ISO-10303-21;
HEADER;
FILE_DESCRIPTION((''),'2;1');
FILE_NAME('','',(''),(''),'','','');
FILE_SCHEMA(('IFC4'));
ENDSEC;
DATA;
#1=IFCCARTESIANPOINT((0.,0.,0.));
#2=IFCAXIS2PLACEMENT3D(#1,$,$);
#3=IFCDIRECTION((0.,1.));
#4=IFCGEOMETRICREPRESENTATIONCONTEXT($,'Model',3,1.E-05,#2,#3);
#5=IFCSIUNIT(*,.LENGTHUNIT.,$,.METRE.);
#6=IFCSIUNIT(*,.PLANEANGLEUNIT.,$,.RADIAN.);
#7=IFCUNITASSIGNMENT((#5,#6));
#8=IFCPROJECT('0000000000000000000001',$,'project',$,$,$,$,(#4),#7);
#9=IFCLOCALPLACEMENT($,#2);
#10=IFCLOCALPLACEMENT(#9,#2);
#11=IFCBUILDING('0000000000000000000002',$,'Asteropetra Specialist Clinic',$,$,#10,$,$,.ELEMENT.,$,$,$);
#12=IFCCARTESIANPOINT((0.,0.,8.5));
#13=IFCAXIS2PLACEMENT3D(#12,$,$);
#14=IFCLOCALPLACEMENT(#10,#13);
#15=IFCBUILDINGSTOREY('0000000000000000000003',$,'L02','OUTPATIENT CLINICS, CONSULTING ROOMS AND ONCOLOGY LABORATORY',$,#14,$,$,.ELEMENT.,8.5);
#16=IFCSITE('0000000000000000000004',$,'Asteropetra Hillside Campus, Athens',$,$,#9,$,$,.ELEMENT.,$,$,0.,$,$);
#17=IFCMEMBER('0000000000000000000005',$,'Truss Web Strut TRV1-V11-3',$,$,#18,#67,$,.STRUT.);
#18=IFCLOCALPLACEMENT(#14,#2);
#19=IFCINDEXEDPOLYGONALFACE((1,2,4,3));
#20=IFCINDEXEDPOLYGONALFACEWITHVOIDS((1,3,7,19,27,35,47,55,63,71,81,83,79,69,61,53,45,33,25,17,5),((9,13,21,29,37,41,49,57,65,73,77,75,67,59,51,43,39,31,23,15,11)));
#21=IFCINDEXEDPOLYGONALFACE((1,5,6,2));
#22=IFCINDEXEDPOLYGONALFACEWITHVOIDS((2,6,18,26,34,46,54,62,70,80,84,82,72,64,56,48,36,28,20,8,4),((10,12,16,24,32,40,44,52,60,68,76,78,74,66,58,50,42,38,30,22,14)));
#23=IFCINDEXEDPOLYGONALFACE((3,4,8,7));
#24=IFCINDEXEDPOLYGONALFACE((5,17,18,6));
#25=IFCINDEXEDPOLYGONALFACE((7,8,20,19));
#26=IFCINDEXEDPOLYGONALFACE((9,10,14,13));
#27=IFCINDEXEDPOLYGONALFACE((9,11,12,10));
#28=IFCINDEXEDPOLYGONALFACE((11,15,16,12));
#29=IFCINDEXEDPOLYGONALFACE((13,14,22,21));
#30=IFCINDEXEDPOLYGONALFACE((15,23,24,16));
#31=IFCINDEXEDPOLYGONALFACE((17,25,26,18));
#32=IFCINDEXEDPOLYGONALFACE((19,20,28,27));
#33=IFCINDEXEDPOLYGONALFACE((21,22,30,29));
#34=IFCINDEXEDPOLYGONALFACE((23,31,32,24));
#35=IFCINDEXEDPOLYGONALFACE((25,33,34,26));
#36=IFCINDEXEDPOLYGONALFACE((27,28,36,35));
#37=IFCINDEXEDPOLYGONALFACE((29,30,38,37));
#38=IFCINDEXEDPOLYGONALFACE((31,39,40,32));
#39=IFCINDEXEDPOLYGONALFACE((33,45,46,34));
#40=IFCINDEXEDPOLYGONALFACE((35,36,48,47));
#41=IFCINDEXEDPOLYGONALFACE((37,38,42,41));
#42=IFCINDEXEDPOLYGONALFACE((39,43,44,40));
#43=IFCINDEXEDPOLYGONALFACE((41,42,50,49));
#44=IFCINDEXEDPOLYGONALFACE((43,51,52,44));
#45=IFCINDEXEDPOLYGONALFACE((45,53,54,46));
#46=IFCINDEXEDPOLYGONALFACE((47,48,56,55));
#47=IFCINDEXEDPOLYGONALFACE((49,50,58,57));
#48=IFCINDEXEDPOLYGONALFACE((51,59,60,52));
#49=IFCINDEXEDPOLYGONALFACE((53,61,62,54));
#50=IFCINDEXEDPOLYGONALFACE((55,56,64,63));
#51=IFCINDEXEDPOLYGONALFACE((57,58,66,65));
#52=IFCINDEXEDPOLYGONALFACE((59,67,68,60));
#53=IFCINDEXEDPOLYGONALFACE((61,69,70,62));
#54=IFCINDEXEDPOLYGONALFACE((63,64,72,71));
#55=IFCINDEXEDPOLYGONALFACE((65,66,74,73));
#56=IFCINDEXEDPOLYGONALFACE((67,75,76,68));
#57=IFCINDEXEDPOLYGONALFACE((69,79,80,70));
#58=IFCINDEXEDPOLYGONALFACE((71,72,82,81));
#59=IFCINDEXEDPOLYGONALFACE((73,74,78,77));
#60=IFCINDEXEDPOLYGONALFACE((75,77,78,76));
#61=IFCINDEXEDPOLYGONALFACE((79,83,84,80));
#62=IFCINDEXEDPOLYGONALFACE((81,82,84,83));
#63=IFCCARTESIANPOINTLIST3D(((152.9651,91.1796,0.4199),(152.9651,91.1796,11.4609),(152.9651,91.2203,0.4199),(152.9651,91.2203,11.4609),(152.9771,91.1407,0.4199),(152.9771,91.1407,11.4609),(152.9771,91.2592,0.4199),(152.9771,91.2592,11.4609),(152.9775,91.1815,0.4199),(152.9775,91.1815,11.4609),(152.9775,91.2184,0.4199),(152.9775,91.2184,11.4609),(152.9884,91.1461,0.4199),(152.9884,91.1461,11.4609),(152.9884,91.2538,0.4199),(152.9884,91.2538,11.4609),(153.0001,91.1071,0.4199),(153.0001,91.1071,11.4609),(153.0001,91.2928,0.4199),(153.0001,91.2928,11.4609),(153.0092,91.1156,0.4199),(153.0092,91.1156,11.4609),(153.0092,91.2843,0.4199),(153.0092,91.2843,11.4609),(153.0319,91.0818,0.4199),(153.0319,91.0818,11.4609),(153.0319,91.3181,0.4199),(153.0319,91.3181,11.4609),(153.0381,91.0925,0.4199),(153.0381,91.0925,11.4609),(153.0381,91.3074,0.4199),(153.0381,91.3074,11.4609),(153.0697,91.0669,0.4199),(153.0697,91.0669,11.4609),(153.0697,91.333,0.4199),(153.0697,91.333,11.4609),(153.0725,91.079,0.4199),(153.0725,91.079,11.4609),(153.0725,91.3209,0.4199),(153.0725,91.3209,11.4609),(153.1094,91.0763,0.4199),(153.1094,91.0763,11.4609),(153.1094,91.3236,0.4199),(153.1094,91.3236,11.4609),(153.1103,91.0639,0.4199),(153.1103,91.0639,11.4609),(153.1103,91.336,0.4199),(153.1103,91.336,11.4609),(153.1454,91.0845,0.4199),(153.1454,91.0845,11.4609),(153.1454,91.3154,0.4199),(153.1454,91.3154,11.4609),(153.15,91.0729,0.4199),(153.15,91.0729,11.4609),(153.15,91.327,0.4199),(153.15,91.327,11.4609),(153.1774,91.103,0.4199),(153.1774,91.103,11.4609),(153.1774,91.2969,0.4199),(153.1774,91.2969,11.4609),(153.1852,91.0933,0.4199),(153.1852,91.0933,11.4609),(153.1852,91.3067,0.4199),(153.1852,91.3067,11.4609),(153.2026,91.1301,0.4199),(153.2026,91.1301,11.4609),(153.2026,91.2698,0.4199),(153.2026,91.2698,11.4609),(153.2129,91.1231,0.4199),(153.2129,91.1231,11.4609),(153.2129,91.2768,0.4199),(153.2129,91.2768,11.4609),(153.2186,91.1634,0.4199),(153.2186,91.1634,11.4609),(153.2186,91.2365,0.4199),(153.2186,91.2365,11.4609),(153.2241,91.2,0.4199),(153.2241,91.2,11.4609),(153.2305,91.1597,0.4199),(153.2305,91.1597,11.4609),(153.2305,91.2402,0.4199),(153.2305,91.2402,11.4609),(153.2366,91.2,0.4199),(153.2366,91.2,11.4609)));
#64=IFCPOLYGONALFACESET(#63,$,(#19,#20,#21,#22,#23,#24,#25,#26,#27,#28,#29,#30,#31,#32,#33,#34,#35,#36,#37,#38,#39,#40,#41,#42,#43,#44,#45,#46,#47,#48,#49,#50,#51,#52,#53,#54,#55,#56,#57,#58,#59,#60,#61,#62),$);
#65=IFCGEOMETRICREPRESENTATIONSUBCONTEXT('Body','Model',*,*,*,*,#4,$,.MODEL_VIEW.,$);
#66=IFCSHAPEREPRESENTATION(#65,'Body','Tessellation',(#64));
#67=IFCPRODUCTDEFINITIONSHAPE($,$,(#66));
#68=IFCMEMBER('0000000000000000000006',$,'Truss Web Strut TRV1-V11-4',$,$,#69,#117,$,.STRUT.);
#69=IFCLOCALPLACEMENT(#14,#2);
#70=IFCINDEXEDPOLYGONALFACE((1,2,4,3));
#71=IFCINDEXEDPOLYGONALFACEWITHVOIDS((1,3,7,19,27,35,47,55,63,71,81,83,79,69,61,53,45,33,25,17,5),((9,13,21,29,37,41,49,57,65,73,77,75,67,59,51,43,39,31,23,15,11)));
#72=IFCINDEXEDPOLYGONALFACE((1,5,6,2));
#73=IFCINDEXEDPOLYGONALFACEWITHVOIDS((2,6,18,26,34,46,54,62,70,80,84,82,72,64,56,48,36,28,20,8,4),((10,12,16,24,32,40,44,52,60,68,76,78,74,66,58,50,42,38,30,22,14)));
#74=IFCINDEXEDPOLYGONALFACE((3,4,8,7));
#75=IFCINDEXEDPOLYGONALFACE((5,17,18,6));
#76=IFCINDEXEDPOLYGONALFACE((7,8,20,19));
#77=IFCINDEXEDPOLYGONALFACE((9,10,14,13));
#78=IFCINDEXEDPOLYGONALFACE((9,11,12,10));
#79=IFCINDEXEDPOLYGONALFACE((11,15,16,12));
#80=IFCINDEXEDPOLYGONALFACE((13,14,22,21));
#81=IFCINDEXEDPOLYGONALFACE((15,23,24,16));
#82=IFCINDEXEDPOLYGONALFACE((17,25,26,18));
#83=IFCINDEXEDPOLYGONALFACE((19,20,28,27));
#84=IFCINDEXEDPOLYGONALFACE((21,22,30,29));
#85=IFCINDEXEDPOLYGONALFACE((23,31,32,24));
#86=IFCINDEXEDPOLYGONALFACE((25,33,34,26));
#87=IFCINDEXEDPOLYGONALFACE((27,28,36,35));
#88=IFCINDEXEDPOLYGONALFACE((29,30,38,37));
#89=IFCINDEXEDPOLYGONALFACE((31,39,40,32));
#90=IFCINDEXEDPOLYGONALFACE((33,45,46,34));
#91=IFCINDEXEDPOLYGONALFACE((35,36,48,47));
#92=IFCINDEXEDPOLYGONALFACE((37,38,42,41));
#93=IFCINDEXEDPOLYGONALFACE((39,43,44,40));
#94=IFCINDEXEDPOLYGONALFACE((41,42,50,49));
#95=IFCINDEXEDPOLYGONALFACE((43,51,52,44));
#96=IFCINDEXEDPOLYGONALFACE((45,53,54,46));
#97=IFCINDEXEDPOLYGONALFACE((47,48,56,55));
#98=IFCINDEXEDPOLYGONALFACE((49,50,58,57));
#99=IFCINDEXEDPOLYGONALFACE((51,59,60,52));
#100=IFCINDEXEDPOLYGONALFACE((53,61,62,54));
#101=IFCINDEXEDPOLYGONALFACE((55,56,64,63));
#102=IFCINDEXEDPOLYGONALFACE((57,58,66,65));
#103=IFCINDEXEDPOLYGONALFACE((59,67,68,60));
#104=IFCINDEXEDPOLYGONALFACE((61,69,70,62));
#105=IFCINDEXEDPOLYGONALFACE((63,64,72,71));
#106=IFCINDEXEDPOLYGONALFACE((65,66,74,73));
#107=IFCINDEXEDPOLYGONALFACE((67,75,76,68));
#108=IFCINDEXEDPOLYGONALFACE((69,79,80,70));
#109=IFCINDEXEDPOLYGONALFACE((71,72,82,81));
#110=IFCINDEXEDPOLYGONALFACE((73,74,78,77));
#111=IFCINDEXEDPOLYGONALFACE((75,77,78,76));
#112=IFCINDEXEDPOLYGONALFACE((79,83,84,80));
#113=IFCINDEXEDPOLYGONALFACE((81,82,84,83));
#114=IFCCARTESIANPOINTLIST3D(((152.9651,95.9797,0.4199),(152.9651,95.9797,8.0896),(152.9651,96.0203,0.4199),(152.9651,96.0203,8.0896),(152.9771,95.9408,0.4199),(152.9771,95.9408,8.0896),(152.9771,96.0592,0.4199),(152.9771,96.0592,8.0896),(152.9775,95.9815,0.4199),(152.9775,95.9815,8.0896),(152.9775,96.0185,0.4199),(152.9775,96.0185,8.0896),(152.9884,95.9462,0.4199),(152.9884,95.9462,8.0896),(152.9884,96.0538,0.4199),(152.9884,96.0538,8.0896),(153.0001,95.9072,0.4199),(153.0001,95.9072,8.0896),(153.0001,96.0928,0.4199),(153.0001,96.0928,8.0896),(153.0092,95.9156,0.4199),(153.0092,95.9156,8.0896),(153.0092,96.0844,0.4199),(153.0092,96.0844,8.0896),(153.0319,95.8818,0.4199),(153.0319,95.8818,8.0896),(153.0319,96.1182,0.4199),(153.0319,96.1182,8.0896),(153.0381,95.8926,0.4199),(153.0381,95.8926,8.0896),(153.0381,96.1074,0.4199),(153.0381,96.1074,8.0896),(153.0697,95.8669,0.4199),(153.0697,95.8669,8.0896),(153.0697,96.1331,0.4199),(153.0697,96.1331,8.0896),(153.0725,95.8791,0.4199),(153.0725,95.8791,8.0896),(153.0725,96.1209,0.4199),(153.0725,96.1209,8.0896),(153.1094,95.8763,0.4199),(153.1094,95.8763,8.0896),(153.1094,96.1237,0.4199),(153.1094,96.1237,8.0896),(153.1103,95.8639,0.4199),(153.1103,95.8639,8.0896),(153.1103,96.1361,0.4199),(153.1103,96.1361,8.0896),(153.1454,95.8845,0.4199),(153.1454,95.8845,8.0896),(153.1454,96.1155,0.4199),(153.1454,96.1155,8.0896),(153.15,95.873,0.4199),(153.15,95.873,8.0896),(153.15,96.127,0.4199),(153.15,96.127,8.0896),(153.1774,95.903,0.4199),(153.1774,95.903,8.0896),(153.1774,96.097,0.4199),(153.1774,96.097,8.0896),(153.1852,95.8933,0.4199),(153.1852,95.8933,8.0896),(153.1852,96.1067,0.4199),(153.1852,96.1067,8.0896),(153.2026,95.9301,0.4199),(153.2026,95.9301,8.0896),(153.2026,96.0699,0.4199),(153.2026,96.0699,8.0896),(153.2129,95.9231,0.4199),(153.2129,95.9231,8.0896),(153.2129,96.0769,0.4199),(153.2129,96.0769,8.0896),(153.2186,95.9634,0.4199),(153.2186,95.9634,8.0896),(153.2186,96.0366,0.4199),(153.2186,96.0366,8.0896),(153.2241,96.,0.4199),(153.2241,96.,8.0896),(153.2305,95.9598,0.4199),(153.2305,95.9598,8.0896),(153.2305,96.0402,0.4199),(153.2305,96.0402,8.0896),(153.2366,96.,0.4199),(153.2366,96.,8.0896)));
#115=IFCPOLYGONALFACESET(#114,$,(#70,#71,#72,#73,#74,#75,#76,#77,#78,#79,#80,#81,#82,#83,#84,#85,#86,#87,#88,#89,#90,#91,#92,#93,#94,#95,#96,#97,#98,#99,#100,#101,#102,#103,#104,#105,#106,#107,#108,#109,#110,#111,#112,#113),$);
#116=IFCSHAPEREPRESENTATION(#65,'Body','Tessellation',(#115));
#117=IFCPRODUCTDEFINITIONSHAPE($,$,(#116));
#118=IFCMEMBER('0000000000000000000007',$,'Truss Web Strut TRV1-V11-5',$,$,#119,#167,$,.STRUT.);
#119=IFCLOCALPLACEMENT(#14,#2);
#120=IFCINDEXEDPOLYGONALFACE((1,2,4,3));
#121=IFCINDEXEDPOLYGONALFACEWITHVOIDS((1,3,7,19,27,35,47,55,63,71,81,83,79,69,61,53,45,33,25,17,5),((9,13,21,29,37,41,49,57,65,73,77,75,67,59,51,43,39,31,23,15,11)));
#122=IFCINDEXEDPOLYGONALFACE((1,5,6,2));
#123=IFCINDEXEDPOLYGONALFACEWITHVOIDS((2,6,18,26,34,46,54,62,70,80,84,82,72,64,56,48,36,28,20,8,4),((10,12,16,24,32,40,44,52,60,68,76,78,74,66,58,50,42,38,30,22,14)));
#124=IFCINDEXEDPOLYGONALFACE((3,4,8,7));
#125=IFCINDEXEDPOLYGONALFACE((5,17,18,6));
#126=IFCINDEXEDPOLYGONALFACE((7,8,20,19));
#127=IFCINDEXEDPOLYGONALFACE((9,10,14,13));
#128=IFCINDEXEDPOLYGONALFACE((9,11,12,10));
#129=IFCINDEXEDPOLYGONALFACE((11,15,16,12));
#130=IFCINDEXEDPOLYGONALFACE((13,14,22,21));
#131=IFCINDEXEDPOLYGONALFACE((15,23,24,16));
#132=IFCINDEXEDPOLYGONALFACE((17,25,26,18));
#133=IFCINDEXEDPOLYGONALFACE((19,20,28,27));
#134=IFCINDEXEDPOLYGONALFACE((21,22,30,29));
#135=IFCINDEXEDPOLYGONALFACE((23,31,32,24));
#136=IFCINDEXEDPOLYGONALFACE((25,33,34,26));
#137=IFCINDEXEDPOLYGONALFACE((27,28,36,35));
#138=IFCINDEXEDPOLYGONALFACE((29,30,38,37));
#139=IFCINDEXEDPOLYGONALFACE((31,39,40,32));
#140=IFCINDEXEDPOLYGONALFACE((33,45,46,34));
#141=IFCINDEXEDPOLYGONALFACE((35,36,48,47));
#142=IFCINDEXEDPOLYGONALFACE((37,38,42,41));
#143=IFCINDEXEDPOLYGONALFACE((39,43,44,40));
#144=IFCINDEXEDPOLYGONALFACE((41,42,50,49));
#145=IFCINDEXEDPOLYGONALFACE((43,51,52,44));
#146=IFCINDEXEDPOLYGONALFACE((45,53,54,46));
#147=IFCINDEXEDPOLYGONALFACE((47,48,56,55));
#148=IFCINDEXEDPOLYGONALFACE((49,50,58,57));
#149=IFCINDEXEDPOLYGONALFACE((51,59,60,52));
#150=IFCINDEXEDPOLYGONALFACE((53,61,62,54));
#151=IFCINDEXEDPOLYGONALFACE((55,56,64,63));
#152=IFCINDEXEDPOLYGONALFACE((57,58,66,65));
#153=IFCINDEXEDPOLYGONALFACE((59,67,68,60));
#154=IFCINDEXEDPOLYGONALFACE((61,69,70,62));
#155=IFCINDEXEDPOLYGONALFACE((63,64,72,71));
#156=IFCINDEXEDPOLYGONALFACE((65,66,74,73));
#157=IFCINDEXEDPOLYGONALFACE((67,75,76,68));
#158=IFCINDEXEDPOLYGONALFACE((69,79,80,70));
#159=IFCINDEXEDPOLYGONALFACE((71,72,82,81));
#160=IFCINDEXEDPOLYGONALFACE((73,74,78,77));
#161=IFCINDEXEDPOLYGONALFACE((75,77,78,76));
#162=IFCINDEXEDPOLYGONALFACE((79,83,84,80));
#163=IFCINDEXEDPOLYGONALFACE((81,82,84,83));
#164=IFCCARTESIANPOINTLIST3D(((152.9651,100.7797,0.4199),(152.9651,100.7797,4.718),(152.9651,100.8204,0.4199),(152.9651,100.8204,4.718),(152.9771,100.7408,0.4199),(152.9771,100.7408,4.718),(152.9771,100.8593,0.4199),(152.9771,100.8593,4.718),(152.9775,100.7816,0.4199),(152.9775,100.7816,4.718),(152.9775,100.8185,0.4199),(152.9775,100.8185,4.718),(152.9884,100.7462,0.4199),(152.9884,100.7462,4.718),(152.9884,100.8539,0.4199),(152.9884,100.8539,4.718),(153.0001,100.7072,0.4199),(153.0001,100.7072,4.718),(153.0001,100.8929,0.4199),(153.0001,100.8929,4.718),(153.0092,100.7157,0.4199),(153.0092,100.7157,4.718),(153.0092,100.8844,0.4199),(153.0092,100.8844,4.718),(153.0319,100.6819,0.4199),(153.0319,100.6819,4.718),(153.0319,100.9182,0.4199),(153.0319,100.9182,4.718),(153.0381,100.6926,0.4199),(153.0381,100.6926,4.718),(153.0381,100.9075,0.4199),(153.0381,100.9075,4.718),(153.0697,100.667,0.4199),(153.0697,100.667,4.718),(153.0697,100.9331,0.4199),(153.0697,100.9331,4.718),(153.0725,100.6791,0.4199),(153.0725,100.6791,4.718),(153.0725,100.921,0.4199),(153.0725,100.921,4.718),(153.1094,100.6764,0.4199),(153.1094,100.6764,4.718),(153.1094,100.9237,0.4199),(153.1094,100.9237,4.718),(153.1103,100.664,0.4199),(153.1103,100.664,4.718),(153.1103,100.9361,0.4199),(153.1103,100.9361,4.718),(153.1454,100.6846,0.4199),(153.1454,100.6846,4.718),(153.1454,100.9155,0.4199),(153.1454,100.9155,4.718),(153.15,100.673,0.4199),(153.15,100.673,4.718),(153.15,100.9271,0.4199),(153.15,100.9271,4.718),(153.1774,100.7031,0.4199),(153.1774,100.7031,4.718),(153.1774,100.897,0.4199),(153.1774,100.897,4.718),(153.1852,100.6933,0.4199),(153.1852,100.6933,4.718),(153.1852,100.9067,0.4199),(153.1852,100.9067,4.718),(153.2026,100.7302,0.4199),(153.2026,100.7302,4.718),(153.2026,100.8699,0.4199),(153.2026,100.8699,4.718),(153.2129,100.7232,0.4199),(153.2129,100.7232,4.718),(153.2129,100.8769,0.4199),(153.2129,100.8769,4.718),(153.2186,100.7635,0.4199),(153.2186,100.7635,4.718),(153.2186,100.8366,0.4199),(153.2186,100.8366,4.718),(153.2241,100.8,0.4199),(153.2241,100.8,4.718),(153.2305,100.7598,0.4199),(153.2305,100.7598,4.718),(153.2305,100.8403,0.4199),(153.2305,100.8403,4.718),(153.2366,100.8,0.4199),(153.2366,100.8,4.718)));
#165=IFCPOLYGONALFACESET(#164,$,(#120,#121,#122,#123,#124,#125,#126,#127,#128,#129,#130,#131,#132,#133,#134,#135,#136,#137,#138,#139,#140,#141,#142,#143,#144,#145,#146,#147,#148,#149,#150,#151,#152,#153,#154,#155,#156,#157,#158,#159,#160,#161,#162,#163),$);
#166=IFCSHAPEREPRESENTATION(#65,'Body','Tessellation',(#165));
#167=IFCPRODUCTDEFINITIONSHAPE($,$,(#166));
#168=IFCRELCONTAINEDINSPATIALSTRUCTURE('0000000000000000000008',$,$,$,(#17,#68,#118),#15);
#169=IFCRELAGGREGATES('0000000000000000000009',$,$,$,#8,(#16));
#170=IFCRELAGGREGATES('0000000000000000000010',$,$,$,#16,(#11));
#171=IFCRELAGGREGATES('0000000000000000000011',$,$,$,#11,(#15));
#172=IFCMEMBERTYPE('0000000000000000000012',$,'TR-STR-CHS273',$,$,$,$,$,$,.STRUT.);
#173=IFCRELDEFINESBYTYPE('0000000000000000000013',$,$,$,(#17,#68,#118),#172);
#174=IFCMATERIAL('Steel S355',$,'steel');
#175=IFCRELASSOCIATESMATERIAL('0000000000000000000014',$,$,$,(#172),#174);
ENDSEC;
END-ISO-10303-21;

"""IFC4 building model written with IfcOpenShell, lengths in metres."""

from ifc_helpers import new_model, si_unit, direction, frame, origin, origin_2d, place, context, subcontext, project, spatial, hollow_circle, extrude, material, material_profile, profile_set, type_object, element, save


model = new_model("IFC4")

# Units and contexts
model_context = context("Model", 3, precision=1e-05, world=origin(), true_north=direction((0.0, 1.0)))
body_context = subcontext(model_context, "Body", "Model", "MODEL_VIEW")
ifc_project = project(units=[si_unit("LENGTHUNIT", "METRE"), si_unit("PLANEANGLEUNIT", "RADIAN")], contexts=[model_context])

# Site, building, storey
site_placement = place(None, origin())
site = spatial("IfcSite", under=ifc_project, at=site_placement, Name="Asteropetra Hillside Campus, Athens", CompositionType="ELEMENT", RefElevation=0.0)
building_placement = place(site_placement, origin())
building = spatial("IfcBuilding", under=site, at=building_placement, Name="Asteropetra Specialist Clinic", CompositionType="ELEMENT")
storey_placement = place(building_placement, frame((0.0, 0.0, 8.5)))
storey = spatial("IfcBuildingStorey", under=building, at=storey_placement, Name="L02", Description="OUTPATIENT CLINICS, CONSULTING ROOMS AND ONCOLOGY LABORATORY", CompositionType="ELEMENT", Elevation=8.5)

# Members
ifc_material_1 = material(Name="Steel S355", Category="steel")
ifc_material_profile_1 = material_profile(ifc_material_1, hollow_circle(Radius=0.1365, WallThickness=0.0125, at=origin_2d()), Name="CHS 273.0x12.5")
ifc_profile_set_1 = profile_set([ifc_material_profile_1], Name="Steel S355")
member_type_1 = type_object("IfcMemberType", Name="TR-STR-CHS273", PredefinedType="STRUT", material=ifc_profile_set_1)
member_1_placement = place(storey_placement, frame((153.1001, 91.2, 0.4199), z_axis=(0.0, 0.0, 1.0), x_axis=(1.0, 0.0, 0.0)))
element("IfcMember", 1, at=member_1_placement, inside=storey, type_object=member_type_1, Name="Truss Web Strut TRV1-V11-3", PredefinedType="STRUT", context=body_context, shape_type="SweptSolid", body=[
    extrude(hollow_circle(Radius=0.1365, WallThickness=0.0125, at=origin_2d()), origin(), (0.0, 0.0, 1.0), 11.041),
])
member_2_placement = place(storey_placement, frame((153.1001, 96.0, 0.4199), z_axis=(0.0, 0.0, 1.0), x_axis=(1.0, 0.0, 0.0)))
element("IfcMember", 2, at=member_2_placement, inside=storey, type_object=member_type_1, Name="Truss Web Strut TRV1-V11-4", PredefinedType="STRUT", context=body_context, shape_type="SweptSolid", body=[
    extrude(hollow_circle(Radius=0.1365, WallThickness=0.0125, at=origin_2d()), origin(), (0.0, 0.0, 1.0), 7.6697),
])
member_3_placement = place(storey_placement, frame((153.1001, 100.8, 0.4199), z_axis=(0.0, 0.0, 1.0), x_axis=(1.0, 0.0, 0.0)))
element("IfcMember", 3, at=member_3_placement, inside=storey, type_object=member_type_1, Name="Truss Web Strut TRV1-V11-5", PredefinedType="STRUT", context=body_context, shape_type="SweptSolid", body=[
    extrude(hollow_circle(Radius=0.1365, WallThickness=0.0125, at=origin_2d()), origin(), (0.0, 0.0, 1.0), 4.2981),
])

save(model, "model.ifc")
